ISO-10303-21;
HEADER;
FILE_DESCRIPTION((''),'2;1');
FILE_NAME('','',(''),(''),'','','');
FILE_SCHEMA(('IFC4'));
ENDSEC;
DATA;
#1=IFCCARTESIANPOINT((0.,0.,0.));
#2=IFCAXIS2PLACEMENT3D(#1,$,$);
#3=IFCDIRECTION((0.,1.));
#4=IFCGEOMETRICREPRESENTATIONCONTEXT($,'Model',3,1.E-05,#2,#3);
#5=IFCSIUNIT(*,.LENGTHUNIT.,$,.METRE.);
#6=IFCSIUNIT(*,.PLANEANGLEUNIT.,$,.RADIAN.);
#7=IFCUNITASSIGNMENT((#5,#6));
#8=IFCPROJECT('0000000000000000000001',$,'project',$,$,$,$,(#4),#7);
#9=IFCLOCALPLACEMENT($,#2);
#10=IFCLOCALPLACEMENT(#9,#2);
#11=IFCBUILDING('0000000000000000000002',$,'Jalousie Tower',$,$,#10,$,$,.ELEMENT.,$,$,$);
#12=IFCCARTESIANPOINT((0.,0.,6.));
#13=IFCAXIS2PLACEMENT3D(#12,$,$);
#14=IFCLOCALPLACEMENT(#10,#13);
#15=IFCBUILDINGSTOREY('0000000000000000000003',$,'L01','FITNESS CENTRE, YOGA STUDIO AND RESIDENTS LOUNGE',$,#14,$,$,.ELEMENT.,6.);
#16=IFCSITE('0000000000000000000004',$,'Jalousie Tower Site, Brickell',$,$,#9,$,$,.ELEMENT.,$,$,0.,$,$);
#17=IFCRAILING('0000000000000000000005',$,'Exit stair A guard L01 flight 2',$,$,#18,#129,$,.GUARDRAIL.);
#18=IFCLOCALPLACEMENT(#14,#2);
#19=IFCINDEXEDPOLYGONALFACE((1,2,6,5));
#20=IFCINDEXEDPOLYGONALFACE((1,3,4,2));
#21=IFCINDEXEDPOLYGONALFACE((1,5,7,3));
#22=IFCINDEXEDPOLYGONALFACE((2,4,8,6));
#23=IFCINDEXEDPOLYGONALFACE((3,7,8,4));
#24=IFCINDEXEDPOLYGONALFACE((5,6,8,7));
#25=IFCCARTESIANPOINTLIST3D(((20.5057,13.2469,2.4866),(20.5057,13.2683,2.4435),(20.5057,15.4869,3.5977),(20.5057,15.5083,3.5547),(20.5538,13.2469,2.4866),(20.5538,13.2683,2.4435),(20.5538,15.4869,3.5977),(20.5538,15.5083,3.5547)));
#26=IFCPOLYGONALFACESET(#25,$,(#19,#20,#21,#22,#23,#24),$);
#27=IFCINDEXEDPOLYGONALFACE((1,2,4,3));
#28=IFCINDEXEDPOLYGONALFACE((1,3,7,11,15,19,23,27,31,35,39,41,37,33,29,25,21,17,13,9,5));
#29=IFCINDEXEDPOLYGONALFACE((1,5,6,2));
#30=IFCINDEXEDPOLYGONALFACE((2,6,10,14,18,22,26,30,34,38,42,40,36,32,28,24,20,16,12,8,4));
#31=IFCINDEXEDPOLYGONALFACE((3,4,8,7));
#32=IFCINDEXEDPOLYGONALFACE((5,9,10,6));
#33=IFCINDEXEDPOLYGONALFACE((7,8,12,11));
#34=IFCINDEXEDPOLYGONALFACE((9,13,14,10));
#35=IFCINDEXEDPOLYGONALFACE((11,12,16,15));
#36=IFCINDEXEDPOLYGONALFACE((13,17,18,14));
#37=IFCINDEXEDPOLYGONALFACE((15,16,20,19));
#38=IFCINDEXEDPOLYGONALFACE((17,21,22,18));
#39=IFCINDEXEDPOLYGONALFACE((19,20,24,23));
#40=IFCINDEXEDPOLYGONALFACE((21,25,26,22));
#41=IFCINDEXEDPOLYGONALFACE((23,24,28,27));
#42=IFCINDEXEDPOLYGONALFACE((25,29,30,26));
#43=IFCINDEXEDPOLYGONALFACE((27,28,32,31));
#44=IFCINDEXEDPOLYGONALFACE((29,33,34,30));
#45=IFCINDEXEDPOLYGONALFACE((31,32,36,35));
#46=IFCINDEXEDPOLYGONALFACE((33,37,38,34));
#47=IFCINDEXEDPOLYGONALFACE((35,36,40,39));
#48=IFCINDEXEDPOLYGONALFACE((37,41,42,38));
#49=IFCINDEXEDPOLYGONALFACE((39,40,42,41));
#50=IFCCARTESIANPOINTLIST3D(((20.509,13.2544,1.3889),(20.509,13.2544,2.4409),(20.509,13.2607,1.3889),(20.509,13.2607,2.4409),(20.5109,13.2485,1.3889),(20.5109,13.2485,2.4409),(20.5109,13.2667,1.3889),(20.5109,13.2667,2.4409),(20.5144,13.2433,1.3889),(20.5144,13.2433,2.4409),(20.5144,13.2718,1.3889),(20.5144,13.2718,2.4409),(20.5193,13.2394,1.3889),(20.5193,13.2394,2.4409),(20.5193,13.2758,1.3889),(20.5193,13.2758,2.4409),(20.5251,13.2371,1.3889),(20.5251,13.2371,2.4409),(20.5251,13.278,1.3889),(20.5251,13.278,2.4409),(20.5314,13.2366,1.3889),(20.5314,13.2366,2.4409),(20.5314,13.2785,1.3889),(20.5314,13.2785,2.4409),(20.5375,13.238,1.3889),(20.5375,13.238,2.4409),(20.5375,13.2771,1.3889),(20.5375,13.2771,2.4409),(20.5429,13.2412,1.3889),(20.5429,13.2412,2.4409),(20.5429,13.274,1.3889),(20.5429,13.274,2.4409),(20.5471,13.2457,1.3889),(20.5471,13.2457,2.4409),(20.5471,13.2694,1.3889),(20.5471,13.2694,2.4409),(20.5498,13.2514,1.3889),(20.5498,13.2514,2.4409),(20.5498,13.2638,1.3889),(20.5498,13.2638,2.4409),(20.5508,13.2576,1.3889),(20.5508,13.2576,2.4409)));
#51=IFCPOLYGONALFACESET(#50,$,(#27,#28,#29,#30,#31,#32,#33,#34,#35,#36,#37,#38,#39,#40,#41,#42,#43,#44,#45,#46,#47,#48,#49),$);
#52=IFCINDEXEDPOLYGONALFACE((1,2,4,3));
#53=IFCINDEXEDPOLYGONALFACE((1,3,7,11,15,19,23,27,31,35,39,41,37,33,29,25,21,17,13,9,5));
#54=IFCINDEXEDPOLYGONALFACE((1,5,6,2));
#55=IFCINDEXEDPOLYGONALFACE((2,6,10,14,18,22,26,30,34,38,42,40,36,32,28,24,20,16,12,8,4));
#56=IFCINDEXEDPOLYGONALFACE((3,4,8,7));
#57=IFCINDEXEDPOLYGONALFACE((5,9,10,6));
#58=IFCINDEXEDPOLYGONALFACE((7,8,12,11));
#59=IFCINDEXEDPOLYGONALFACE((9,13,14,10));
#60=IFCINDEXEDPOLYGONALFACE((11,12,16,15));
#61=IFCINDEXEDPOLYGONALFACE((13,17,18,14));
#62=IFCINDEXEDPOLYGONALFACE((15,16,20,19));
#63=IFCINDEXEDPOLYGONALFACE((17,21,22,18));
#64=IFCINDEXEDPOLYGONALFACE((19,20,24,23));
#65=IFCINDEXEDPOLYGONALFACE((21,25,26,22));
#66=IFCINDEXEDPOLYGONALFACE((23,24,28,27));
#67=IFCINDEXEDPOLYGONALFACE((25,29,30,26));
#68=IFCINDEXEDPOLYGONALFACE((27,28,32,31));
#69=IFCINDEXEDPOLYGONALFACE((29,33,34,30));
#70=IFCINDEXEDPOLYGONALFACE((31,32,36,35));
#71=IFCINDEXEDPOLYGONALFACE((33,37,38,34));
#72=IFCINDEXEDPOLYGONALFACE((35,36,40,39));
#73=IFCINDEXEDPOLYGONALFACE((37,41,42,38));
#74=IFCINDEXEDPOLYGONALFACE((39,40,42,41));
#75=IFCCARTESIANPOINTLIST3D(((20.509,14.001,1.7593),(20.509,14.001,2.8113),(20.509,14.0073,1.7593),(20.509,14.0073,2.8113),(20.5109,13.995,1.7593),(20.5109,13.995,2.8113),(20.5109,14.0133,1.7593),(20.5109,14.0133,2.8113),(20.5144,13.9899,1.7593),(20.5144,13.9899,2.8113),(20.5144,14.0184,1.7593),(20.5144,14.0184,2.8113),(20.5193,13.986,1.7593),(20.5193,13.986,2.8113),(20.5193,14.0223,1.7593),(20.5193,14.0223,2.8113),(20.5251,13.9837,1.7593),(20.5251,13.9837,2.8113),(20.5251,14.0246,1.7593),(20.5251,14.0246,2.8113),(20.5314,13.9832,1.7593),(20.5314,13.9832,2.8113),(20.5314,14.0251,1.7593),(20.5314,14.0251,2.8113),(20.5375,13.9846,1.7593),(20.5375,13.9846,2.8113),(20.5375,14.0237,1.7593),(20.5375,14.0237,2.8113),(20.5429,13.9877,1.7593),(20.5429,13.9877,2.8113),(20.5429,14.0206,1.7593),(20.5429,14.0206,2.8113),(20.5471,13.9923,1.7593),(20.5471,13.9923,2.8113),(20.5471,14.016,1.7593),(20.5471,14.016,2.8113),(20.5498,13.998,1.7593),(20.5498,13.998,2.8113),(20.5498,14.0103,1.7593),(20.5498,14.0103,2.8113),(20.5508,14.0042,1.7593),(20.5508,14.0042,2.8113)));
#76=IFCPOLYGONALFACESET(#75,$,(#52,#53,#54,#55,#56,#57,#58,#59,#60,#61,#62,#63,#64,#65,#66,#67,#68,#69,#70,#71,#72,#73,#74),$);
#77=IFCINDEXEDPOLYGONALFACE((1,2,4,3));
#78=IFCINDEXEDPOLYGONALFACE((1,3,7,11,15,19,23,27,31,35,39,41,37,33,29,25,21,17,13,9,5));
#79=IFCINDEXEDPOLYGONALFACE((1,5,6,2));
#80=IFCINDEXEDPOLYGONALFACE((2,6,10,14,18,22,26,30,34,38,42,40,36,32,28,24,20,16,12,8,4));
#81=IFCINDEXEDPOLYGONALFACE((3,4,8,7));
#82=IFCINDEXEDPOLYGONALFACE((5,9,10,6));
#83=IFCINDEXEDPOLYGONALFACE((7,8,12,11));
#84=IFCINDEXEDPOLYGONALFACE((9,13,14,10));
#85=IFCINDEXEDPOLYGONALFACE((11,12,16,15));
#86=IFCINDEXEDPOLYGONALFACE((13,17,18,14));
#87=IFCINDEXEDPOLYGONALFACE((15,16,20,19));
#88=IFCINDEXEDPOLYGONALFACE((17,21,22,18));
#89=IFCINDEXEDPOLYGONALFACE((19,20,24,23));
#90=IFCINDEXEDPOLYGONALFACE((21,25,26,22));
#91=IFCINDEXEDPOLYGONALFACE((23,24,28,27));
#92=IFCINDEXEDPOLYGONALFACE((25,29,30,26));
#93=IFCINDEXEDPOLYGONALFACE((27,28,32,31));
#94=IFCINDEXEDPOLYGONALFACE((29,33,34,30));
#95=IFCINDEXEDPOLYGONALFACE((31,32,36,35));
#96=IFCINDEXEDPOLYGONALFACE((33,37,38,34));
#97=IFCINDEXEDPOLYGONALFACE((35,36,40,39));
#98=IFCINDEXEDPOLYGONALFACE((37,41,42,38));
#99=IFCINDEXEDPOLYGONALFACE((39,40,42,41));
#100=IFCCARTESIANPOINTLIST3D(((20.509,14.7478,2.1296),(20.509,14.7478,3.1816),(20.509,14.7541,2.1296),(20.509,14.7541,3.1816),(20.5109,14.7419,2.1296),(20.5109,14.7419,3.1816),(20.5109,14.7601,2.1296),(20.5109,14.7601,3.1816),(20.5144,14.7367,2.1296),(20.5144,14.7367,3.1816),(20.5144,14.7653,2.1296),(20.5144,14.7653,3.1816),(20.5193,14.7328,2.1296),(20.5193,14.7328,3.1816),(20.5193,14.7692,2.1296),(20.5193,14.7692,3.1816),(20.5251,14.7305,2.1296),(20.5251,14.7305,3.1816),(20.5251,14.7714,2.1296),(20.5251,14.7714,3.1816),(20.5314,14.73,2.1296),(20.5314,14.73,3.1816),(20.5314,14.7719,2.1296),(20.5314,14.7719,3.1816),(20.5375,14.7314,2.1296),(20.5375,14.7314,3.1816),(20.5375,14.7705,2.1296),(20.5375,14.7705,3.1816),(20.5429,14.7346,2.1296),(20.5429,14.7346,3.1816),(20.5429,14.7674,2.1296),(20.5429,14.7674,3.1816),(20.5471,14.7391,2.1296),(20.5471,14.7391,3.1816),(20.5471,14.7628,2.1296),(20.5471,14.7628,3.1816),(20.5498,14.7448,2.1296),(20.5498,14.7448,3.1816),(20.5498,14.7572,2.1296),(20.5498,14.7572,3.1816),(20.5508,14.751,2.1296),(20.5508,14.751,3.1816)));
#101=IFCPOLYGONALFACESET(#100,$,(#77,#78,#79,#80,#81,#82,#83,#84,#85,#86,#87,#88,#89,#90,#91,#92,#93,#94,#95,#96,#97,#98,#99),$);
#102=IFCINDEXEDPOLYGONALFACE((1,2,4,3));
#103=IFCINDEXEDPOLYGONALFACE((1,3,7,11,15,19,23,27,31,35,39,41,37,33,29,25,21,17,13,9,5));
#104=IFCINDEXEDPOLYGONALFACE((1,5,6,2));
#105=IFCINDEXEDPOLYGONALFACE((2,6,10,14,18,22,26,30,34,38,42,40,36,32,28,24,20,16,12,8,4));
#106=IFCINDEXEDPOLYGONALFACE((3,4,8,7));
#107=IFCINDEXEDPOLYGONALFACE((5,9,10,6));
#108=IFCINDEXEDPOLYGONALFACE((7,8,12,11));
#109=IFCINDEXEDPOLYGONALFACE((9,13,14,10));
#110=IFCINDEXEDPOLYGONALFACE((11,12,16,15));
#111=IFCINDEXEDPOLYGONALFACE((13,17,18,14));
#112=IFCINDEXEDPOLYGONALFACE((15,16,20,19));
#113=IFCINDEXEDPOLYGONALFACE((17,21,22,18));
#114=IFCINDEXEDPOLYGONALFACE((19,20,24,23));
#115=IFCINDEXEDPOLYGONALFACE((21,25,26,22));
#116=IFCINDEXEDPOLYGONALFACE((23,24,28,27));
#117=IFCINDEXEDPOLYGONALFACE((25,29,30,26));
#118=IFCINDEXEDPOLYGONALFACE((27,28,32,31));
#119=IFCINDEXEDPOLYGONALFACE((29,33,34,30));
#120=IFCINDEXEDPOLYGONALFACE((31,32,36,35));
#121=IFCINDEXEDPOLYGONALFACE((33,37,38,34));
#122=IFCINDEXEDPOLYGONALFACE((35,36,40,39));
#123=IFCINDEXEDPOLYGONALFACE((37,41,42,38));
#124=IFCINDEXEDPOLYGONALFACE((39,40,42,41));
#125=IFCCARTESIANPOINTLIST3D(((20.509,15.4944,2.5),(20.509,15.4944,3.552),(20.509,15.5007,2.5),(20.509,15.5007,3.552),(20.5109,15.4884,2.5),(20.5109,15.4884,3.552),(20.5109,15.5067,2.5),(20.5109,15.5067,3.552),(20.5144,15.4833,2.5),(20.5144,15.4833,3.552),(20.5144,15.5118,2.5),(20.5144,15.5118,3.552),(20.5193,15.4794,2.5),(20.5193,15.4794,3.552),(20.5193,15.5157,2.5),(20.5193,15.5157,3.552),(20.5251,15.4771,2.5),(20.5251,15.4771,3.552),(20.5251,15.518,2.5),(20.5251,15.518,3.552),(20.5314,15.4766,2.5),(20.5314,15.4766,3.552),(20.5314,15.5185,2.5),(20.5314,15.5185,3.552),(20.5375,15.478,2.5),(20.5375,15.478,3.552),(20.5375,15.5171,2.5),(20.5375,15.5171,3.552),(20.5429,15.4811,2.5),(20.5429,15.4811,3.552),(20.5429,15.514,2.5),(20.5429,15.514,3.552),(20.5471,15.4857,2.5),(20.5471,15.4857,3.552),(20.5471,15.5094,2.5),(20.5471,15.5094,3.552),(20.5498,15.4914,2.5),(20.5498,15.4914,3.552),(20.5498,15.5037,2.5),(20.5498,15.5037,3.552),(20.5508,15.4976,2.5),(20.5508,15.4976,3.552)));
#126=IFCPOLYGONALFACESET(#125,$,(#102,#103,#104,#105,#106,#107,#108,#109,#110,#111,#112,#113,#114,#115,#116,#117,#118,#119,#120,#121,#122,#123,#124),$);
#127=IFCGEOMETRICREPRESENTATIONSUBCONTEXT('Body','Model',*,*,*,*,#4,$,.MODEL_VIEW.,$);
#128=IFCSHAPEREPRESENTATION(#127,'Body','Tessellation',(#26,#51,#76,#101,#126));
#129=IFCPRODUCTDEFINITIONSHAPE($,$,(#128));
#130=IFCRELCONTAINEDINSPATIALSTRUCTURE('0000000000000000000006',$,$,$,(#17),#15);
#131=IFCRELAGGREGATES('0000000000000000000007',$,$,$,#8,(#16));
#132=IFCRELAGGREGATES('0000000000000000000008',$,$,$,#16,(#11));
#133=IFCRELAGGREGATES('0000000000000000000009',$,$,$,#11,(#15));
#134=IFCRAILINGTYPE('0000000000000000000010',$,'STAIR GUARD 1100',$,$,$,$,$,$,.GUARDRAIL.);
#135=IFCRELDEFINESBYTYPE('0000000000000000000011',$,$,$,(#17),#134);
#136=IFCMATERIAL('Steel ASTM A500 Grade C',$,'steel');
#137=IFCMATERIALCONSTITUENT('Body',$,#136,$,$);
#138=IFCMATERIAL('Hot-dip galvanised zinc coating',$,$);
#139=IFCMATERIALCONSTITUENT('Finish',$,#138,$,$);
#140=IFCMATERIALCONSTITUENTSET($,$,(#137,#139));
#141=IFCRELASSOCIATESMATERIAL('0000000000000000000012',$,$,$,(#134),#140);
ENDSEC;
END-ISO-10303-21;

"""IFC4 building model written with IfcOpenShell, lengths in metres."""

from ifc_helpers import new_model, si_unit, direction, frame, origin, origin_2d, place, context, subcontext, project, spatial, rectangle, circle, extrude, material, constituent, constituent_set, type_object, element, save


model = new_model("IFC4")

# Units and contexts
model_context = context("Model", 3, precision=1e-05, world=origin(), true_north=direction((0.0, 1.0)))
body_context = subcontext(model_context, "Body", "Model", "MODEL_VIEW")
ifc_project = project(units=[si_unit("LENGTHUNIT", "METRE"), si_unit("PLANEANGLEUNIT", "RADIAN")], contexts=[model_context])

# Site, building, storey
site_placement = place(None, origin())
site = spatial("IfcSite", under=ifc_project, at=site_placement, Name="Jalousie Tower Site, Brickell", CompositionType="ELEMENT", RefElevation=0.0)
building_placement = place(site_placement, origin())
building = spatial("IfcBuilding", under=site, at=building_placement, Name="Jalousie Tower", CompositionType="ELEMENT")
storey_placement = place(building_placement, frame((0.0, 0.0, 6.0)))
storey = spatial("IfcBuildingStorey", under=building, at=storey_placement, Name="L01", Description="FITNESS CENTRE, YOGA STUDIO AND RESIDENTS LOUNGE", CompositionType="ELEMENT", Elevation=6.0)

# Railing
ifc_material_1 = material(Name="Steel ASTM A500 Grade C", Category="steel")
ifc_constituent_1 = constituent(ifc_material_1, Name="Body")
ifc_material_2 = material(Name="Hot-dip galvanised zinc coating")
ifc_constituent_2 = constituent(ifc_material_2, Name="Finish")
ifc_constituent_set_1 = constituent_set(constituents=[ifc_constituent_1, ifc_constituent_2])
railing_type_1 = type_object("IfcRailingType", Name="STAIR GUARD 1100", PredefinedType="GUARDRAIL", material=ifc_constituent_set_1)
railing_1_placement = place(storey_placement, frame((20.5298, 13.2576, 1.3889)))
element("IfcRailing", 1, at=railing_1_placement, inside=storey, type_object=railing_type_1, Name="Exit stair A guard L01 flight 2", PredefinedType="GUARDRAIL", context=body_context, shape_type="SweptSolid", body=[
    extrude(rectangle(XDim=0.0481, YDim=0.0481, at=origin_2d()), frame((0.0, 0.0, 1.0762), z_axis=(0.0, 0.895848, 0.44436), x_axis=(-1.0, 0.0, 0.0)), (0.0, 0.0, 1.0), 2.5005),
    extrude(circle(Radius=0.021, at=origin_2d()), origin(), (0.0, 0.0, 1.0), 1.052),
    extrude(circle(Radius=0.021, at=origin_2d()), frame((0.0, 0.7466, 0.3704)), (0.0, 0.0, 1.0), 1.052),
    extrude(circle(Radius=0.021, at=origin_2d()), frame((0.0, 1.4934, 0.7407)), (0.0, 0.0, 1.0), 1.052),
    extrude(circle(Radius=0.021, at=origin_2d()), frame((0.0, 2.24, 1.1111)), (0.0, 0.0, 1.0), 1.052),
])

save(model, "model.ifc")
